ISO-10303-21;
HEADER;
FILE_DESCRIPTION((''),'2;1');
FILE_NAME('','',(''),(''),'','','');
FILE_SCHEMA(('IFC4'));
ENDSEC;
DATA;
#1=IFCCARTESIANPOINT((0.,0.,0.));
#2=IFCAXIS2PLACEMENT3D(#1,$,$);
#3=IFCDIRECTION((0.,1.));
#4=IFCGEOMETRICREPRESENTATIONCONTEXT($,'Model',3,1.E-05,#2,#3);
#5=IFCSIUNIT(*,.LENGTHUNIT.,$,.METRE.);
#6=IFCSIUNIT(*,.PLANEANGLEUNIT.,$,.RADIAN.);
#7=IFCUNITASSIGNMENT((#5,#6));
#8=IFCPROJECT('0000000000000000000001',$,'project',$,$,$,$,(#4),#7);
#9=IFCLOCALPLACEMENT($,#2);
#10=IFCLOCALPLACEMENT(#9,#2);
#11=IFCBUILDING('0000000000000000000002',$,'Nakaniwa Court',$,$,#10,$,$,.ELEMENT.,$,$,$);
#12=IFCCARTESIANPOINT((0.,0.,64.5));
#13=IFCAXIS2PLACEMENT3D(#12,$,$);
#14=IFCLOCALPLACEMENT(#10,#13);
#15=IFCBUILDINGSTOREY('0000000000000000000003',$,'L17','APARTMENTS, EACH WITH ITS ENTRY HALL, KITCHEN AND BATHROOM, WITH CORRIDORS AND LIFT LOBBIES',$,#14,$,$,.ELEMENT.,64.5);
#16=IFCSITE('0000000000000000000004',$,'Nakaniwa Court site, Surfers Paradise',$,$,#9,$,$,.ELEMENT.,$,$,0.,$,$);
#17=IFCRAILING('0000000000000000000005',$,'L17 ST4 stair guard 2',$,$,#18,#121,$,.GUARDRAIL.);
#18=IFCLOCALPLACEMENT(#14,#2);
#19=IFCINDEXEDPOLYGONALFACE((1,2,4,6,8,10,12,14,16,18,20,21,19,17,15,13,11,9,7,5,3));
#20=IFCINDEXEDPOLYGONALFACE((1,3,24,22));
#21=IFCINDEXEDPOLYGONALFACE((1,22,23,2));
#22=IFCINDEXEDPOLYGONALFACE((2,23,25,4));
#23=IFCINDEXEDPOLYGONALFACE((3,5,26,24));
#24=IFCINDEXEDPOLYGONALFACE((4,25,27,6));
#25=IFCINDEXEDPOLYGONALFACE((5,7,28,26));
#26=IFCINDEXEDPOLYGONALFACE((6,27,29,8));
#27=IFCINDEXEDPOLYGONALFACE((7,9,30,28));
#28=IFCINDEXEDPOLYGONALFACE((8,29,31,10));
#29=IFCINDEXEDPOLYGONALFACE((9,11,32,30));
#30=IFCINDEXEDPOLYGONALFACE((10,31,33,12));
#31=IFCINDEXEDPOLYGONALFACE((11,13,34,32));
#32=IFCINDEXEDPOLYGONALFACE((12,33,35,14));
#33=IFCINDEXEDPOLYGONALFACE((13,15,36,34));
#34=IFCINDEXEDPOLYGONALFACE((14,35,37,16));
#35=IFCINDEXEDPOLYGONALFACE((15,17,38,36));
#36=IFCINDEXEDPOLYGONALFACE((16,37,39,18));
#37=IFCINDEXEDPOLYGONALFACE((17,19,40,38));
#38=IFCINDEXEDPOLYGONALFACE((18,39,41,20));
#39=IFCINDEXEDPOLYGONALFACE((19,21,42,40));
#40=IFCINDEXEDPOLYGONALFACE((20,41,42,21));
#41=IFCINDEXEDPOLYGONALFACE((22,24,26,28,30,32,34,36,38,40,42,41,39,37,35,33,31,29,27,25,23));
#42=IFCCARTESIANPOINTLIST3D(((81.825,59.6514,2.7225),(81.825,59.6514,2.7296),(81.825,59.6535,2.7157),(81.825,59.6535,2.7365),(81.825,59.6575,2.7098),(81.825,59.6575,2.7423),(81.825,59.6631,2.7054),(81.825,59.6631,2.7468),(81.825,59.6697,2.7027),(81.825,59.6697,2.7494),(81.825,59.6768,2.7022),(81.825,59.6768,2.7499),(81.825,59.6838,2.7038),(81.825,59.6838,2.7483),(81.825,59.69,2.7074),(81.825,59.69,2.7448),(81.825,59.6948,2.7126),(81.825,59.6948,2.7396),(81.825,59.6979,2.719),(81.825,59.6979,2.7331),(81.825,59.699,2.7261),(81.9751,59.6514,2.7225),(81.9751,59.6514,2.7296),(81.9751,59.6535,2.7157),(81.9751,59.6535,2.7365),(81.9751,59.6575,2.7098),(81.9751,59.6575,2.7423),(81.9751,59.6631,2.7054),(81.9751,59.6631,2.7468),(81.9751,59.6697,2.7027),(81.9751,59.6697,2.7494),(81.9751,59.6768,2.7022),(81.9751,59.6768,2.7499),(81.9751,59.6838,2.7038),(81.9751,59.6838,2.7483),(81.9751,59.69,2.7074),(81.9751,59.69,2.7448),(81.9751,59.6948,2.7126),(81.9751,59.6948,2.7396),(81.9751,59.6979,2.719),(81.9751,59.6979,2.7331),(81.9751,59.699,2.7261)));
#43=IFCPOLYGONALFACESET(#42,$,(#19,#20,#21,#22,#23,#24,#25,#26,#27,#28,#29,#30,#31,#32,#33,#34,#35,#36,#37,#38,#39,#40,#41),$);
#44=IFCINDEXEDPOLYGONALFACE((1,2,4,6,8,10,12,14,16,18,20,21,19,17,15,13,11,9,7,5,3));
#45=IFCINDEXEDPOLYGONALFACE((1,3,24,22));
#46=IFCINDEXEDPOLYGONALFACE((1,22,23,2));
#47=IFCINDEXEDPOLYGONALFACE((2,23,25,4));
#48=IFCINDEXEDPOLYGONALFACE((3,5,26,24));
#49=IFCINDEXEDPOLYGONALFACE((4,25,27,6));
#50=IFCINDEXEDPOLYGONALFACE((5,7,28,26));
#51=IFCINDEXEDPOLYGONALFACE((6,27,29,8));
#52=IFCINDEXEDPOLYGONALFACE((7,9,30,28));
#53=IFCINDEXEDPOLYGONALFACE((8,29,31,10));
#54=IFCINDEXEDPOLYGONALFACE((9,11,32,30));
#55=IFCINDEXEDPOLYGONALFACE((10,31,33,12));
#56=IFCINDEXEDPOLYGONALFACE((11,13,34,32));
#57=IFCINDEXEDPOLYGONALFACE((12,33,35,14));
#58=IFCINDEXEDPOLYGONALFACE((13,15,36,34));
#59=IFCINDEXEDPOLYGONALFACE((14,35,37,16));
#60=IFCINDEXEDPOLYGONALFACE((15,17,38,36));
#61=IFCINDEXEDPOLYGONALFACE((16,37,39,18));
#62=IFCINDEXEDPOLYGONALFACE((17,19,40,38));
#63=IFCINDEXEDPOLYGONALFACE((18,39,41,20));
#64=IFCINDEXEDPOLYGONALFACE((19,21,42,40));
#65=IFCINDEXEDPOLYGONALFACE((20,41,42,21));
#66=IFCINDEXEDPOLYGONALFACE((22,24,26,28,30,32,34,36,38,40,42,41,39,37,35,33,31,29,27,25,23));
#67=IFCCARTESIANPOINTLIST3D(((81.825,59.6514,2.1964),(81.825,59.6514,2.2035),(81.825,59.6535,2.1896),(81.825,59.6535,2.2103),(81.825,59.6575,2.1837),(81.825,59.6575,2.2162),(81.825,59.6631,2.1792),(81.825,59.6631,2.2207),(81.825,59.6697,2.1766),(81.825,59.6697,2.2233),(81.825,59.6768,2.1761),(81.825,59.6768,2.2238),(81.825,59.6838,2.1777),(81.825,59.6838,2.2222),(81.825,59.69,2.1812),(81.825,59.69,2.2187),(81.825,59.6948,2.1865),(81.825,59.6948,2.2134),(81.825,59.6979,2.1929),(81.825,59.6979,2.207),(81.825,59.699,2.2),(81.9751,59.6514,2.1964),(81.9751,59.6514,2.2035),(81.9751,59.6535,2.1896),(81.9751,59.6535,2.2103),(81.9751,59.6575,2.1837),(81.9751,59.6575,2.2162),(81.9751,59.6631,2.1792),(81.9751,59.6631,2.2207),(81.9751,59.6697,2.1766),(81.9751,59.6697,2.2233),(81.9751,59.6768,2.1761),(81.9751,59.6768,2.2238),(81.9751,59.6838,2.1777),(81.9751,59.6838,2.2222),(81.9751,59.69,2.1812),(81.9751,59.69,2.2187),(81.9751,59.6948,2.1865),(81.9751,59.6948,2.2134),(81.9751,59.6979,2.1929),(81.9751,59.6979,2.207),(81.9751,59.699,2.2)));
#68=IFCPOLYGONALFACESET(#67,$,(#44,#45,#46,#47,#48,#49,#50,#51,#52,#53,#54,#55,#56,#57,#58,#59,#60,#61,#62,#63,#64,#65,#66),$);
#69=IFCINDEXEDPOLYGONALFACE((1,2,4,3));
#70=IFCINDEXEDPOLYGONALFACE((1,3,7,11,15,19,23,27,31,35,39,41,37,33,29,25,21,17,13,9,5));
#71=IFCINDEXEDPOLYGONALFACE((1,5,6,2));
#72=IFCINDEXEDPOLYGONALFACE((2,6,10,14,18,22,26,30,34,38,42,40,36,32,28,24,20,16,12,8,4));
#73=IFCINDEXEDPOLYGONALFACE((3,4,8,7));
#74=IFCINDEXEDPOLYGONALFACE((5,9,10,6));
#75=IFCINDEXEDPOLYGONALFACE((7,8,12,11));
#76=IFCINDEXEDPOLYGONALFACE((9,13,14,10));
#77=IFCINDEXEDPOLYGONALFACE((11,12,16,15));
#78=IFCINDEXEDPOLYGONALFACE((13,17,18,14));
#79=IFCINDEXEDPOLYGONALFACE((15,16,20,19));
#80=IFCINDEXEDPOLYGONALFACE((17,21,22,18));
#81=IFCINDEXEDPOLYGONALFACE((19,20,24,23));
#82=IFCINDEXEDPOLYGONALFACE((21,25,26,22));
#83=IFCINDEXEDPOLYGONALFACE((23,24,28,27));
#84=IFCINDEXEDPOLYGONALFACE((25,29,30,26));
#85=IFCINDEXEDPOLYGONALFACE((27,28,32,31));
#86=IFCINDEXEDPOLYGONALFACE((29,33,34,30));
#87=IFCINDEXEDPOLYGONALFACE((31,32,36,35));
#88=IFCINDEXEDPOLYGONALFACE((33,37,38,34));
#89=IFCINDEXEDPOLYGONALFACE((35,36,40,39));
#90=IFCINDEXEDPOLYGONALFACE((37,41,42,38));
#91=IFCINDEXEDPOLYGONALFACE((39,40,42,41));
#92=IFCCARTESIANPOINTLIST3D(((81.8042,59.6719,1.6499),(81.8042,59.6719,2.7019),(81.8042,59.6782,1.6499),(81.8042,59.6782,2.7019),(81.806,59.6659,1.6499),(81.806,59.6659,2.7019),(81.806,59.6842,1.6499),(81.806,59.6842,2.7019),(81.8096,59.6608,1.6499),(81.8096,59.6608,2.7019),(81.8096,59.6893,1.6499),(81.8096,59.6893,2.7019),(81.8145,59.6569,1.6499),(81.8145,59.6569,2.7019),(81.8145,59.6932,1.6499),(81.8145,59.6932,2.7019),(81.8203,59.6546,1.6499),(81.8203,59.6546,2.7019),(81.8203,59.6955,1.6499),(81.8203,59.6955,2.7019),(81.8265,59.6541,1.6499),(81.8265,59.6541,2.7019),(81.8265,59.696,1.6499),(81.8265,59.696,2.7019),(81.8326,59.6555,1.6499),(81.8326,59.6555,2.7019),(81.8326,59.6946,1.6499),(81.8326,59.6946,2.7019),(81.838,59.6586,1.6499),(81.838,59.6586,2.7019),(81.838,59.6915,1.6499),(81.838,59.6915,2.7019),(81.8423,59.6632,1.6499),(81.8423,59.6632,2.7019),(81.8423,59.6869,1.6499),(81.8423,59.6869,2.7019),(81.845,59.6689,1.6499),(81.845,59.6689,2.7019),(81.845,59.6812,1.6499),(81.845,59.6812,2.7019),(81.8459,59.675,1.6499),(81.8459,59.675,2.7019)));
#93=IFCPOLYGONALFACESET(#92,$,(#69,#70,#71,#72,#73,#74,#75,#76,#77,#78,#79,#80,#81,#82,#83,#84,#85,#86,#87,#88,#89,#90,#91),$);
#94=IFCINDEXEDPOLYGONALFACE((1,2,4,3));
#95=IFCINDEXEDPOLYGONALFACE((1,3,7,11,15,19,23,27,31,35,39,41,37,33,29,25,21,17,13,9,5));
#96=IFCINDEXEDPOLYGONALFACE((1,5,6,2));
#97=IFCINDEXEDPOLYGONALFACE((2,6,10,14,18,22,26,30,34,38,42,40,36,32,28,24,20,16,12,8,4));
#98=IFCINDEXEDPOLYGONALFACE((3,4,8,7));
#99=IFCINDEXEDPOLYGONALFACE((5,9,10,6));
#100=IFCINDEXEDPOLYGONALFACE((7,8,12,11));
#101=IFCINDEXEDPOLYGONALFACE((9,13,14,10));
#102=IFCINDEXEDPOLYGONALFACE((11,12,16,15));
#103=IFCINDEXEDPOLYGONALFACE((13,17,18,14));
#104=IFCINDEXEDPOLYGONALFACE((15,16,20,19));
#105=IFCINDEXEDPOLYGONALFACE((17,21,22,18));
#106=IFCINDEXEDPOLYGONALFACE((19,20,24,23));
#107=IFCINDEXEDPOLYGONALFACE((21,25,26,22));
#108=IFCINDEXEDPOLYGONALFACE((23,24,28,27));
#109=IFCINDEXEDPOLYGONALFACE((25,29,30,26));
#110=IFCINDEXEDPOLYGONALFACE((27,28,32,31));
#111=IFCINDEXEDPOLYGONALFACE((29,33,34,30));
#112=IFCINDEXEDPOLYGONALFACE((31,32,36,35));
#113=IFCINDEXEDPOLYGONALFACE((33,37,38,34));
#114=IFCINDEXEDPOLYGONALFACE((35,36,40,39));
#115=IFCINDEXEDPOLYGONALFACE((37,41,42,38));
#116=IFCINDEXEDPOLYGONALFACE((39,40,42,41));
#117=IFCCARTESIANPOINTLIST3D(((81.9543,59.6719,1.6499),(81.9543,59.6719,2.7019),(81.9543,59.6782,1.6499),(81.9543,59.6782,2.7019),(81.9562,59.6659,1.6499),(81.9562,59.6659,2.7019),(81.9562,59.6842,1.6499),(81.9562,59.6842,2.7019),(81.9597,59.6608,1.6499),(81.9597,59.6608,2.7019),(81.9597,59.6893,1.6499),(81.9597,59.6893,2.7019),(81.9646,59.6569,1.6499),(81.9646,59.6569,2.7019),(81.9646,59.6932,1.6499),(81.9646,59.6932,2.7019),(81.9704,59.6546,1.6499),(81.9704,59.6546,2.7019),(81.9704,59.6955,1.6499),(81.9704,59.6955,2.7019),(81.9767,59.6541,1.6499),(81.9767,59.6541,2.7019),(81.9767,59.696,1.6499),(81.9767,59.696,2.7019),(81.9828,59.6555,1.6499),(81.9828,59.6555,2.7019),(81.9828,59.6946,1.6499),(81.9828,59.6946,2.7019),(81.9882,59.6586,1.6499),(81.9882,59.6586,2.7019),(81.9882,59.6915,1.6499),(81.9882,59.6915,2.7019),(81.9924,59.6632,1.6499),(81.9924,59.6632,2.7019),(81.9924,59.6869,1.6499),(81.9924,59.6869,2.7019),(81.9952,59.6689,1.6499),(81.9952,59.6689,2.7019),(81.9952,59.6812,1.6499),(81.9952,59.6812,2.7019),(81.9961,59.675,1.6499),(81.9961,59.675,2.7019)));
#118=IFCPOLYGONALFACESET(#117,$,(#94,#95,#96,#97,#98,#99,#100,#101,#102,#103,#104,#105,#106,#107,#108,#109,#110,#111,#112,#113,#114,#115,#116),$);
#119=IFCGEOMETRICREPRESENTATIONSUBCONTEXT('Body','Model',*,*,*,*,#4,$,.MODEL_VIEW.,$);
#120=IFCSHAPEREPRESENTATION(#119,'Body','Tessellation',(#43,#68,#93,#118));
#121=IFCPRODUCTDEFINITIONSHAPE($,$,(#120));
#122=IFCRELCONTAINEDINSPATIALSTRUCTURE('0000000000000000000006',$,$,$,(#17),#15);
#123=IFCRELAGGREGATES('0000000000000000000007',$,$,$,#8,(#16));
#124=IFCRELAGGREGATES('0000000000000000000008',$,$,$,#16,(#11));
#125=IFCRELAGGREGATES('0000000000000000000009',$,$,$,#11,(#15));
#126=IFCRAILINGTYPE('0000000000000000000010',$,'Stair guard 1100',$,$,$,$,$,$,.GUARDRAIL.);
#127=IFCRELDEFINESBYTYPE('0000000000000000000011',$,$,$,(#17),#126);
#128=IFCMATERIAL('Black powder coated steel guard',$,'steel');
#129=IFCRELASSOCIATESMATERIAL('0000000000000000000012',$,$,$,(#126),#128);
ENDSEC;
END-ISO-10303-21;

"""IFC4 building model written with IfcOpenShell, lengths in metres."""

from ifc_helpers import new_model, si_unit, direction, frame, origin, origin_2d, place, context, subcontext, project, spatial, circle, extrude, material, type_object, element, save


model = new_model("IFC4")

# Units and contexts
model_context = context("Model", 3, precision=1e-05, world=origin(), true_north=direction((0.0, 1.0)))
body_context = subcontext(model_context, "Body", "Model", "MODEL_VIEW")
ifc_project = project(units=[si_unit("LENGTHUNIT", "METRE"), si_unit("PLANEANGLEUNIT", "RADIAN")], contexts=[model_context])

# Site, building, storey
site_placement = place(None, origin())
site = spatial("IfcSite", under=ifc_project, at=site_placement, Name="Nakaniwa Court site, Surfers Paradise", CompositionType="ELEMENT", RefElevation=0.0)
building_placement = place(site_placement, origin())
building = spatial("IfcBuilding", under=site, at=building_placement, Name="Nakaniwa Court", CompositionType="ELEMENT")
storey_placement = place(building_placement, frame((0.0, 0.0, 64.5)))
storey = spatial("IfcBuildingStorey", under=building, at=storey_placement, Name="L17", Description="APARTMENTS, EACH WITH ITS ENTRY HALL, KITCHEN AND BATHROOM, WITH CORRIDORS AND LIFT LOBBIES", CompositionType="ELEMENT", Elevation=64.5)

# Railing
ifc_material_1 = material(Name="Black powder coated steel guard", Category="steel")
railing_type_1 = type_object("IfcRailingType", Name="Stair guard 1100", PredefinedType="GUARDRAIL", material=ifc_material_1)
railing_1_placement = place(storey_placement, frame((81.825, 59.675, 1.6499)))
element("IfcRailing", 1, at=railing_1_placement, inside=storey, type_object=railing_type_1, Name="L17 ST4 stair guard 2", PredefinedType="GUARDRAIL", context=body_context, shape_type="SweptSolid", body=[
    extrude(circle(Radius=0.0239, at=origin_2d()), frame((0.0, 0.0, 1.0762), z_axis=(1.0, 0.0, 0.0), x_axis=(0.0, 1.0, 0.0)), (0.0, 0.0, 1.0), 0.1501),
    extrude(circle(Radius=0.0239, at=origin_2d()), frame((0.0, 0.0, 0.55), z_axis=(1.0, 0.0, 0.0), x_axis=(0.0, 1.0, 0.0)), (0.0, 0.0, 1.0), 0.1501),
    extrude(circle(Radius=0.021, at=origin_2d()), origin(), (0.0, 0.0, 1.0), 1.052),
    extrude(circle(Radius=0.021, at=origin_2d()), frame((0.1501, 0.0, 0.0)), (0.0, 0.0, 1.0), 1.052),
])

save(model, "model.ifc")
